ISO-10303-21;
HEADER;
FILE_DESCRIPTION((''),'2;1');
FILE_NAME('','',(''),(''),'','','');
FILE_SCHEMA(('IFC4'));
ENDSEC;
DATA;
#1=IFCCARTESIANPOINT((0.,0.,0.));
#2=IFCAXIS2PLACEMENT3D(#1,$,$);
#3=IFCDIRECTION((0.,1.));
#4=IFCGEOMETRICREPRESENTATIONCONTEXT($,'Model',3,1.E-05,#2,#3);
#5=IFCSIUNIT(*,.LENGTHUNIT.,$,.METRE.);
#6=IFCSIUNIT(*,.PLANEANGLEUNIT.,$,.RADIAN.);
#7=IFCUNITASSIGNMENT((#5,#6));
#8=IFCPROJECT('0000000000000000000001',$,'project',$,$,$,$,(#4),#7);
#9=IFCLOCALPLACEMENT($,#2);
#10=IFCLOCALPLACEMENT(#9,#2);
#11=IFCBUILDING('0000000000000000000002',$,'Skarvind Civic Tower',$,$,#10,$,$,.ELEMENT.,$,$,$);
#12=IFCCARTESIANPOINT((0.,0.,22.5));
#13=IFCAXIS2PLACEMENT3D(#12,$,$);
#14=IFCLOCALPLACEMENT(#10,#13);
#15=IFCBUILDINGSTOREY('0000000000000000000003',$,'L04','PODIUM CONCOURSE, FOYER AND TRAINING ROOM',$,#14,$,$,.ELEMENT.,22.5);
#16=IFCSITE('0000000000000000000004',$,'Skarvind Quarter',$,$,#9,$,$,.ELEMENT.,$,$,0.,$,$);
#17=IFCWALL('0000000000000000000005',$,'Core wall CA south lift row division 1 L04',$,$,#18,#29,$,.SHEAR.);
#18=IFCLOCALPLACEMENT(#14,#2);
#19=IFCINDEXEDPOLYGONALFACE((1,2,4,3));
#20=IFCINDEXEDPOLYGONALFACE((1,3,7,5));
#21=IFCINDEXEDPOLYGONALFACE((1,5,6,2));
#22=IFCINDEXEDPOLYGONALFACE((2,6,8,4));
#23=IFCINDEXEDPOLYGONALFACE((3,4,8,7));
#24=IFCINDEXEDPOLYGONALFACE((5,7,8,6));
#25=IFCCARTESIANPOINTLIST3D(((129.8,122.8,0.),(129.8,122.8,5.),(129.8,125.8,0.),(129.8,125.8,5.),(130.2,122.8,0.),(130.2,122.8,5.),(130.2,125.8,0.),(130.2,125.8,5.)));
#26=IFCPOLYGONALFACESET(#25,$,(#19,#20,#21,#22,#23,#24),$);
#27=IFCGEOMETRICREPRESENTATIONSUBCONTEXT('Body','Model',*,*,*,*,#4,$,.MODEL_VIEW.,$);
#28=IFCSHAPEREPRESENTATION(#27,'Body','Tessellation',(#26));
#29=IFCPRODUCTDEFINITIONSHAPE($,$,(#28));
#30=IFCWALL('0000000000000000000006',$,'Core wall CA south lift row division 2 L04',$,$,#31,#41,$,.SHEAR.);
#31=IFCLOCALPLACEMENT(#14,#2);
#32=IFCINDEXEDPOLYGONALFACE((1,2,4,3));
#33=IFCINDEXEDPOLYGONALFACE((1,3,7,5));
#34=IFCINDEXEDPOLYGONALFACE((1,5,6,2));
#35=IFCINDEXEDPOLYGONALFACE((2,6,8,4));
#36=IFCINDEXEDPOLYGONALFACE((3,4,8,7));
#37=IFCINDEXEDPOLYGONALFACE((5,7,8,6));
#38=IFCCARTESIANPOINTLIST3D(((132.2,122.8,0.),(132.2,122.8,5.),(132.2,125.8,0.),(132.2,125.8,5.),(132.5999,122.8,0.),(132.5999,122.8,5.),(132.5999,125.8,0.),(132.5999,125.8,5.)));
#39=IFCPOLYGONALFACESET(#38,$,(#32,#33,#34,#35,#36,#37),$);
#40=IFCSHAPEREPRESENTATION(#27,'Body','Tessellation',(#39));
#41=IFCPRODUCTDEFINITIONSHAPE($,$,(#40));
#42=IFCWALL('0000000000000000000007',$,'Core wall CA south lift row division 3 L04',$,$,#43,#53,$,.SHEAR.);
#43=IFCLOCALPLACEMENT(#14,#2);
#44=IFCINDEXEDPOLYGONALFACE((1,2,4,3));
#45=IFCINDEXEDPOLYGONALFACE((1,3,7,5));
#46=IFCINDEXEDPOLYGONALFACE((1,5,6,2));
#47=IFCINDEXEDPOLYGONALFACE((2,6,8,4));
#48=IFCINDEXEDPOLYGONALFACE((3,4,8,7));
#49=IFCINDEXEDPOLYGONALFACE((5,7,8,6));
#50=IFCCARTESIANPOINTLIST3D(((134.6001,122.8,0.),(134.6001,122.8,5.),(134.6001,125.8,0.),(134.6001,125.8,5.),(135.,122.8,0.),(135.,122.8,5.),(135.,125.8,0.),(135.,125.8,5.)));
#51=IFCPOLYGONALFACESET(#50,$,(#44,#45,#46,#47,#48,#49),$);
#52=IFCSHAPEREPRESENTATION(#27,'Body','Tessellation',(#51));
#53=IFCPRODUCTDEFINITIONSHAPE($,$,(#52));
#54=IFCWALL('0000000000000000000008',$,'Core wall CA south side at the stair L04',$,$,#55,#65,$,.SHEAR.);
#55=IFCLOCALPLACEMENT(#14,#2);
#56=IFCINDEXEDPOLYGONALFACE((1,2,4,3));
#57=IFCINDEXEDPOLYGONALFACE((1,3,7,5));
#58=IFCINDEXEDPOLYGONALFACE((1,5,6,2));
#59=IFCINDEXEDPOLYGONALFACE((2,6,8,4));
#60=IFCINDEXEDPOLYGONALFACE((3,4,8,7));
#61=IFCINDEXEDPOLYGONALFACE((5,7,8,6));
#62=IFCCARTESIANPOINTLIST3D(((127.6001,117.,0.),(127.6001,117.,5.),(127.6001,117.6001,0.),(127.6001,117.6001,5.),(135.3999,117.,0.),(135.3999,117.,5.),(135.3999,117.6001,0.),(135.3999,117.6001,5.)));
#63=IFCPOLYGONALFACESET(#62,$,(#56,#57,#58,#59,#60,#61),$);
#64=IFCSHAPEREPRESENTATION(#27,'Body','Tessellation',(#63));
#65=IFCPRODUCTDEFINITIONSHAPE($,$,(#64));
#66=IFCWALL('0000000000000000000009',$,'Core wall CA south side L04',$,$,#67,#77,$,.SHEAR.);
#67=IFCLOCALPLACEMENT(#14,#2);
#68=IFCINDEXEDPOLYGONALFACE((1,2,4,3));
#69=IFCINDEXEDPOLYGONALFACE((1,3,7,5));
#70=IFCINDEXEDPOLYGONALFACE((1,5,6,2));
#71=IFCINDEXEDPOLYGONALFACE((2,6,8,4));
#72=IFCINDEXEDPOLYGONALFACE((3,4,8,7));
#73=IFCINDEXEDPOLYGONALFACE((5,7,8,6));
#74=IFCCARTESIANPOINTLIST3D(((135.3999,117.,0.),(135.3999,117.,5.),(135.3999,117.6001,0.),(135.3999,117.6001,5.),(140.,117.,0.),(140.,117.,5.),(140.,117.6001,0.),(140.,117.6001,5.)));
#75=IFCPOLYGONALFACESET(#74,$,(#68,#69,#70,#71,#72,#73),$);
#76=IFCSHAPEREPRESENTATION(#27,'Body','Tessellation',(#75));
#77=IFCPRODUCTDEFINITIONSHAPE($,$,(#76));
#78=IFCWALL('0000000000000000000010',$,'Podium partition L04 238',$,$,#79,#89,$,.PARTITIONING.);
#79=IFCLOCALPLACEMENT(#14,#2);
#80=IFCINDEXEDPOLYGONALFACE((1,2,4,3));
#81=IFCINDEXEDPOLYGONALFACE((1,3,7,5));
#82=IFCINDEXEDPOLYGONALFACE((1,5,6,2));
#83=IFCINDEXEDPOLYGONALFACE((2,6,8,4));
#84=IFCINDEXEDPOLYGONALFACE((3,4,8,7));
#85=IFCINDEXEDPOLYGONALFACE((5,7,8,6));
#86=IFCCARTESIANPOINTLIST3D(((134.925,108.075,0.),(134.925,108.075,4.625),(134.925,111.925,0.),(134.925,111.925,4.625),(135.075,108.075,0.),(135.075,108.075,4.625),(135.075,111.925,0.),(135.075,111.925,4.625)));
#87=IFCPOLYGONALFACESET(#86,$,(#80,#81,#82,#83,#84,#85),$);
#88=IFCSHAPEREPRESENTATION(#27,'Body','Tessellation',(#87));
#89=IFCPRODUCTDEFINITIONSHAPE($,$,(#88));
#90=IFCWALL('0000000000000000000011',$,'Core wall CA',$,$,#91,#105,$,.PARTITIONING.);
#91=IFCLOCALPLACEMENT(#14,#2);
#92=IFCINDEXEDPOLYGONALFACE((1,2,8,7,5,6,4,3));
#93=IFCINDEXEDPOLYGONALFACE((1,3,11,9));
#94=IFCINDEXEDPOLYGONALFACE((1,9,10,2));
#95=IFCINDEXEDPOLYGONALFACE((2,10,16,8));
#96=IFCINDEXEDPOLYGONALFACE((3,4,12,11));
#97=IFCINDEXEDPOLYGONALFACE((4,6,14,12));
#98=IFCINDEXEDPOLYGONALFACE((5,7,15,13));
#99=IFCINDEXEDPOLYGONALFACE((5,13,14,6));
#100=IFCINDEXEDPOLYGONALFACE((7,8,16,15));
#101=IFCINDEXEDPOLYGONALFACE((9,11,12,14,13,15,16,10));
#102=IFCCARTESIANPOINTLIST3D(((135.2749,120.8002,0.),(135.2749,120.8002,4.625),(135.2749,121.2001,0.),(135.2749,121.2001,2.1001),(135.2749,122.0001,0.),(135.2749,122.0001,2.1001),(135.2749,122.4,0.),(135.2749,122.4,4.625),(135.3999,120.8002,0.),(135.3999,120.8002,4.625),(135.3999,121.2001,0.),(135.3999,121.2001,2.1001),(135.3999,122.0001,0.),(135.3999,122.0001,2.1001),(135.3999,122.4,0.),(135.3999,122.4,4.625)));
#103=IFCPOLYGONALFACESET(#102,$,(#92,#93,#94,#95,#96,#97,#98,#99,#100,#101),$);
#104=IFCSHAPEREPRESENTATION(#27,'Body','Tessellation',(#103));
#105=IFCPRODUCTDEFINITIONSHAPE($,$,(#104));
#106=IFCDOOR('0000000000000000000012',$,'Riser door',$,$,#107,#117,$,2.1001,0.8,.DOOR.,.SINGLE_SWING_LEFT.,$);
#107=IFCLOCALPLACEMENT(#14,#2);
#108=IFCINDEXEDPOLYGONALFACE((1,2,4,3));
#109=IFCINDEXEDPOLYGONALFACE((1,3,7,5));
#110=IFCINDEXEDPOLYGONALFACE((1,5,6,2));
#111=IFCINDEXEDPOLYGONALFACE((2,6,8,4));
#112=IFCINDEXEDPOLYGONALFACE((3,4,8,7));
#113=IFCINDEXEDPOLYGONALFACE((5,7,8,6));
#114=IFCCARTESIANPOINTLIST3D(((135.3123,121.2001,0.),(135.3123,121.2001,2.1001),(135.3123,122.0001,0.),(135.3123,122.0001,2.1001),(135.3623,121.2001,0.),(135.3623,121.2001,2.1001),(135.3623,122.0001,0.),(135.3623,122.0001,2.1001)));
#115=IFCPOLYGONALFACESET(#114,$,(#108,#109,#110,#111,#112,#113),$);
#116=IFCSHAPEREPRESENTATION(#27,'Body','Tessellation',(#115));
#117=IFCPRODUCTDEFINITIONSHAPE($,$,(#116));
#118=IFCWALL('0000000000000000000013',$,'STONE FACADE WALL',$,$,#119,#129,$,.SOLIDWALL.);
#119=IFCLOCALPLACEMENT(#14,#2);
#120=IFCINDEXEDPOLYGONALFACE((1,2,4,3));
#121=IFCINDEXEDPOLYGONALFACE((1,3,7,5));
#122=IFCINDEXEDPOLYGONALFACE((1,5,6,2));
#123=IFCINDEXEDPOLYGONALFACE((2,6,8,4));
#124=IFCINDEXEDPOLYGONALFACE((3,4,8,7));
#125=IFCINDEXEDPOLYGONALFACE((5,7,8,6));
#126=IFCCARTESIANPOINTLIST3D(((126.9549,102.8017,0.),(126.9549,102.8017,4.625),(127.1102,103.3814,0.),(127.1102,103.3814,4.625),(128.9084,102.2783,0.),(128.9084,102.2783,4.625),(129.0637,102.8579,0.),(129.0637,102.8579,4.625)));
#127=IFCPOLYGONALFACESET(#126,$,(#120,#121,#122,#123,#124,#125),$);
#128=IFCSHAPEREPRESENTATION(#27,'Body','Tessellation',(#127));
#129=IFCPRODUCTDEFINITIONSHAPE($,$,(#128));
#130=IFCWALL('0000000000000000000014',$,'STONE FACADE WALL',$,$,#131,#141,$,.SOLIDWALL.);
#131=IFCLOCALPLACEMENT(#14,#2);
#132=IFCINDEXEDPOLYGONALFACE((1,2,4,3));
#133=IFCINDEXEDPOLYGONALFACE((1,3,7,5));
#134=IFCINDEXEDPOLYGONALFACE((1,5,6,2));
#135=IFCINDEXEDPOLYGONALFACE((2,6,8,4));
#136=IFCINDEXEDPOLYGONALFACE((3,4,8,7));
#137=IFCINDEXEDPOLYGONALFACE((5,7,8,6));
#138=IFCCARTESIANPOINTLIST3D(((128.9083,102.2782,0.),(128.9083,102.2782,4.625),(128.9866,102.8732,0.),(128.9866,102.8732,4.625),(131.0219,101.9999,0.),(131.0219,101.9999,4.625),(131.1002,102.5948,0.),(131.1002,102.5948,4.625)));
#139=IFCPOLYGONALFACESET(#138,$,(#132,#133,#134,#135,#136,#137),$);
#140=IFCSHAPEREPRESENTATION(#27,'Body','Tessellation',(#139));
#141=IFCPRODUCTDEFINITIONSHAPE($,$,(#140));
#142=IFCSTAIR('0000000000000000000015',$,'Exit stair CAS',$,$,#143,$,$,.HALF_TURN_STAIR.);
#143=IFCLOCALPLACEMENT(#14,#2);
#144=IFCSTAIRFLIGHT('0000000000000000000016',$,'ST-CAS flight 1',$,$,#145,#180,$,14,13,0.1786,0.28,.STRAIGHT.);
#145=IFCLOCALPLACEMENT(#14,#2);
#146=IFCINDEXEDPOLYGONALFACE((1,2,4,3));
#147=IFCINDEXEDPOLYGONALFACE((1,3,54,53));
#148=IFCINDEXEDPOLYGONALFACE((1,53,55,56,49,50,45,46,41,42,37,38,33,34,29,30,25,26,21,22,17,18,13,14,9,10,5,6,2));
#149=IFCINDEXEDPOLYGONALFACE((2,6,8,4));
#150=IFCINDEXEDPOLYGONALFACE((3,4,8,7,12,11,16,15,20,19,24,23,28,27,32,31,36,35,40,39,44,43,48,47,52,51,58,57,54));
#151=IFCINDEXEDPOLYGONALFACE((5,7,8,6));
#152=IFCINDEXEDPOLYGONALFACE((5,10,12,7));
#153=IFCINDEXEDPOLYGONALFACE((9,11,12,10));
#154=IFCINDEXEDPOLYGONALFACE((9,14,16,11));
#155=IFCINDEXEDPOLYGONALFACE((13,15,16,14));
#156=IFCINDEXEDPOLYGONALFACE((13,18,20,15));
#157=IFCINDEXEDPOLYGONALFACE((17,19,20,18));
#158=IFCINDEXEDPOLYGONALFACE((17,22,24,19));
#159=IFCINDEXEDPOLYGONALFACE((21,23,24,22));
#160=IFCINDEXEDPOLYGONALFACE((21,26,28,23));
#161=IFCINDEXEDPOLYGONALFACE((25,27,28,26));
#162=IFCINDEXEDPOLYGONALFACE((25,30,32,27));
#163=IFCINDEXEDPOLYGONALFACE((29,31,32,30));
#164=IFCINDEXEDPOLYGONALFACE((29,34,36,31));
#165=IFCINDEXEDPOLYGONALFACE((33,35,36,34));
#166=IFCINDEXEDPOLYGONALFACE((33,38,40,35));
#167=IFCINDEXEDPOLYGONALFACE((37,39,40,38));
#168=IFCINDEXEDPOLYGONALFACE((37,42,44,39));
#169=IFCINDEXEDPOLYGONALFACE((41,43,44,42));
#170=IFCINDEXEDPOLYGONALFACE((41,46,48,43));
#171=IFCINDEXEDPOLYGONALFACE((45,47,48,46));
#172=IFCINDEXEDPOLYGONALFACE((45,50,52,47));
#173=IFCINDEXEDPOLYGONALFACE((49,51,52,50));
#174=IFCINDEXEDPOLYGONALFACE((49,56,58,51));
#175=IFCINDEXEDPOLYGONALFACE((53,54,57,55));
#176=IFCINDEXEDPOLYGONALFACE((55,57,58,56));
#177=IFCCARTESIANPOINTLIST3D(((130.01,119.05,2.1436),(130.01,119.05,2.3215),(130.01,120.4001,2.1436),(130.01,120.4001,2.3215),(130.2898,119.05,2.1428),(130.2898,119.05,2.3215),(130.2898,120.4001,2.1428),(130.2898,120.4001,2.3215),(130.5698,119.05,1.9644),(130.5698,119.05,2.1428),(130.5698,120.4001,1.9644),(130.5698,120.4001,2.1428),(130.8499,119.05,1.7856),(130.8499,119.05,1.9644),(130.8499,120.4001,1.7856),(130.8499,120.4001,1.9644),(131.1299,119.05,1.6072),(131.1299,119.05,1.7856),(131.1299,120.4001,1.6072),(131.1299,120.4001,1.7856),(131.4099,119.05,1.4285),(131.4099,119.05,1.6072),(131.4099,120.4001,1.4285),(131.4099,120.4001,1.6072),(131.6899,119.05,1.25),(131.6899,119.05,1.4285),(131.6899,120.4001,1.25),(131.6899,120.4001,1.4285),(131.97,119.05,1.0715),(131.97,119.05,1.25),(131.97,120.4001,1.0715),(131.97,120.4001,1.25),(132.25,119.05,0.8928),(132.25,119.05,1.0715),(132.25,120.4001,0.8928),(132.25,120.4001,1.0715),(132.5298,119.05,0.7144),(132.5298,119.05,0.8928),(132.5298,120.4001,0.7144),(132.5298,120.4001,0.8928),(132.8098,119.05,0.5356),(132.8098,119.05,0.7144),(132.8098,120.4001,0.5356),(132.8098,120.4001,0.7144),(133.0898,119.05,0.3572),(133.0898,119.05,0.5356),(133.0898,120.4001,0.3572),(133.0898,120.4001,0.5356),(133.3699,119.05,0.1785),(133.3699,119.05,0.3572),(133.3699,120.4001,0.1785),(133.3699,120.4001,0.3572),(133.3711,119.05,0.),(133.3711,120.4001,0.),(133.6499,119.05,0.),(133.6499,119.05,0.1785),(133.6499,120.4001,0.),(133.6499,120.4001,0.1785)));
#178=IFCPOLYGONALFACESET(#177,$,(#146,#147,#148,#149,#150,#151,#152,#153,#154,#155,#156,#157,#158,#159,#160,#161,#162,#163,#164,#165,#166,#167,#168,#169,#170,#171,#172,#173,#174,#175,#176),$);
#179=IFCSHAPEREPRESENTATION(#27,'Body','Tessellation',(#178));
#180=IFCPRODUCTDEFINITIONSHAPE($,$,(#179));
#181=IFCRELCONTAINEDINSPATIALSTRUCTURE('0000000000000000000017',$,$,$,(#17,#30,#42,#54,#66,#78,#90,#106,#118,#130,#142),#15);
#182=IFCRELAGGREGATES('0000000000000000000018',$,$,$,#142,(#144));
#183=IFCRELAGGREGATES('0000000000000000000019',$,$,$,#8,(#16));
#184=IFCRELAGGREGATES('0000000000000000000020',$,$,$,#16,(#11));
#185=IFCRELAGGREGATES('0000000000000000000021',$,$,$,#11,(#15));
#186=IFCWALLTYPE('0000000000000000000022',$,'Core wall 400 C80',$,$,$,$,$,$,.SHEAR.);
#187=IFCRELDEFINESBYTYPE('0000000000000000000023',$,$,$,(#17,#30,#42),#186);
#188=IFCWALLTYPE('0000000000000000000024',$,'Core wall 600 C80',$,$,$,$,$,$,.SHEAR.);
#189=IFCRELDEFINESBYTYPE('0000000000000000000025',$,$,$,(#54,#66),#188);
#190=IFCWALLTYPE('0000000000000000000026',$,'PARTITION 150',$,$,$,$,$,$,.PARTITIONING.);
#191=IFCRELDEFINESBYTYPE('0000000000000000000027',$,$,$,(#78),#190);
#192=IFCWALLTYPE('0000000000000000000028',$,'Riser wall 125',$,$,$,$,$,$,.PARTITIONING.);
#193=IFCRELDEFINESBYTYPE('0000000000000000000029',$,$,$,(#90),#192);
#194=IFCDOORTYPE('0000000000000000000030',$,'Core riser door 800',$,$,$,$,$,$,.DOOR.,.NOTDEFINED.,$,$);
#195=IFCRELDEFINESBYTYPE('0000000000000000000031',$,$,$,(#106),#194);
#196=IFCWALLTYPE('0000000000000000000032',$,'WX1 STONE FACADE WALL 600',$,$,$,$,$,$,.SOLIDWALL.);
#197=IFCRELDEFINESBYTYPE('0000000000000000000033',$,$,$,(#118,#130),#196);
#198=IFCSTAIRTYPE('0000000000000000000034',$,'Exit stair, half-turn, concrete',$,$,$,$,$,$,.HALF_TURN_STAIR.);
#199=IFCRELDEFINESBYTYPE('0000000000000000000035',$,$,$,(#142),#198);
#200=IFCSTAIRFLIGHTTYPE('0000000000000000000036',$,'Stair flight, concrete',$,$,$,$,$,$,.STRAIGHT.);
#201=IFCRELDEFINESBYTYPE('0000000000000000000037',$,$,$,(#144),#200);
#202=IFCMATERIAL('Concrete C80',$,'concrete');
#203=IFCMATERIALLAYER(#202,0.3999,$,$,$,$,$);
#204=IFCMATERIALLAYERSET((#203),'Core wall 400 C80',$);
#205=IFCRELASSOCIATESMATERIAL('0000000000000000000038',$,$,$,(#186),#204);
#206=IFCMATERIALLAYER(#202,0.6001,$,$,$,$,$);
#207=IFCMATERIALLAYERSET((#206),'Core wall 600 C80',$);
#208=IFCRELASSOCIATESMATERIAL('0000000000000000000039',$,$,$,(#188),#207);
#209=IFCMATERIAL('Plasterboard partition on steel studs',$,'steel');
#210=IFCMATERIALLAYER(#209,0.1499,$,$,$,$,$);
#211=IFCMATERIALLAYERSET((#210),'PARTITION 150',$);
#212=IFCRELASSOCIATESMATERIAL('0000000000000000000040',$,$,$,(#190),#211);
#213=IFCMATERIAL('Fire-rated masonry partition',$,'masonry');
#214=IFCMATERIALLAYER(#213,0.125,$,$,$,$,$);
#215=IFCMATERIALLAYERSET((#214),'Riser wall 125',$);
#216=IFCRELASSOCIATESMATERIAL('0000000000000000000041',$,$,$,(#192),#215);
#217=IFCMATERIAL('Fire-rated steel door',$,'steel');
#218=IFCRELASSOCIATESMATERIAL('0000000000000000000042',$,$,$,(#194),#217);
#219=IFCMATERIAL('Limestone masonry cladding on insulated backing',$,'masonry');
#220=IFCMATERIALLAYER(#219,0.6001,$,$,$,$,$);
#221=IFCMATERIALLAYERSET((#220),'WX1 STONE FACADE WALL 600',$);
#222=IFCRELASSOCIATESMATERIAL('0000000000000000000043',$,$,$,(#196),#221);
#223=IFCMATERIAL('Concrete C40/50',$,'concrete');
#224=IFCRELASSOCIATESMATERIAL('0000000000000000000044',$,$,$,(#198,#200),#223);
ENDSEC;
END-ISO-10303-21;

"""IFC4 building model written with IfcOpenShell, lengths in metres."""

from ifc_helpers import new_model, si_unit, direction, frame, frame_2d, origin, place, context, subcontext, project, spatial, polyline, rectangle, outline, extrude, material, layer, layer_set, type_object, element, fill, aggregate, save


model = new_model("IFC4")

# Units and contexts
model_context = context("Model", 3, precision=1e-05, world=origin(), true_north=direction((0.0, 1.0)))
body_context = subcontext(model_context, "Body", "Model", "MODEL_VIEW")
ifc_project = project(units=[si_unit("LENGTHUNIT", "METRE"), si_unit("PLANEANGLEUNIT", "RADIAN")], contexts=[model_context])

# Site, building, storey
site_placement = place(None, origin())
site = spatial("IfcSite", under=ifc_project, at=site_placement, Name="Skarvind Quarter", CompositionType="ELEMENT", RefElevation=0.0)
building_placement = place(site_placement, origin())
building = spatial("IfcBuilding", under=site, at=building_placement, Name="Skarvind Civic Tower", CompositionType="ELEMENT")
storey_placement = place(building_placement, frame((0.0, 0.0, 22.5)))
storey = spatial("IfcBuildingStorey", under=building, at=storey_placement, Name="L04", Description="PODIUM CONCOURSE, FOYER AND TRAINING ROOM", CompositionType="ELEMENT", Elevation=22.5)

# Shared definitions
ifc_material_1 = material(Name="Concrete C80", Category="concrete")
ifc_layer_1 = layer(ifc_material_1, 0.3999)
ifc_layer_set_1 = layer_set([ifc_layer_1], Name="Core wall 400 C80")
wall_type_1 = type_object("IfcWallType", Name="Core wall 400 C80", PredefinedType="SHEAR", material=ifc_layer_set_1)

# Shared definitions
ifc_material_2 = material(Name="Fire-rated steel door", Category="steel")

# Walls
for number, where, z_axis, x_axis, name in (
    (1, (130.0, 122.8, 0.0), (0.0, 0.0, 1.0), (0.0, 1.0, 0.0), "Core wall CA south lift row division 1 L04"),
    (2, (132.3999, 122.8, 0.0), (0.0, 0.0, 1.0), (0.0, 1.0, 0.0), "Core wall CA south lift row division 2 L04"),
    (3, (134.8, 122.8, 0.0), (0.0, 0.0, 1.0), (0.0, 1.0, 0.0), "Core wall CA south lift row division 3 L04"),
):
    element("IfcWall", number, at=place(storey_placement, frame(where, z_axis=z_axis, x_axis=x_axis)), inside=storey, type_object=wall_type_1, Name=name, PredefinedType="SHEAR", context=body_context, shape_type="SweptSolid", body=[
        extrude(rectangle(XDim=3.0, YDim=0.3999, at=frame_2d((1.5, 0.0))), origin(), (0.0, 0.0, 1.0), 5.0),
    ])
ifc_layer_2 = layer(ifc_material_1, 0.6001)
ifc_layer_set_2 = layer_set([ifc_layer_2], Name="Core wall 600 C80")
wall_type_2 = type_object("IfcWallType", Name="Core wall 600 C80", PredefinedType="SHEAR", material=ifc_layer_set_2)
wall_1_placement = place(storey_placement, frame((127.6001, 117.3, 0.0), z_axis=(0.0, 0.0, 1.0), x_axis=(1.0, 0.0, 0.0)))
element("IfcWall", 4, at=wall_1_placement, inside=storey, type_object=wall_type_2, Name="Core wall CA south side at the stair L04", PredefinedType="SHEAR", context=body_context, shape_type="SweptSolid", body=[
    extrude(rectangle(XDim=7.7998, YDim=0.6001, at=frame_2d((3.8999, 0.0))), origin(), (0.0, 0.0, 1.0), 5.0),
])
wall_2_placement = place(storey_placement, frame((135.3999, 117.3, 0.0), z_axis=(0.0, 0.0, 1.0), x_axis=(1.0, 0.0, 0.0)))
element("IfcWall", 5, at=wall_2_placement, inside=storey, type_object=wall_type_2, Name="Core wall CA south side L04", PredefinedType="SHEAR", context=body_context, shape_type="SweptSolid", body=[
    extrude(rectangle(XDim=4.6001, YDim=0.6001, at=frame_2d((2.3, 0.0))), origin(), (0.0, 0.0, 1.0), 5.0),
])
ifc_material_3 = material(Name="Plasterboard partition on steel studs", Category="steel")
ifc_layer_3 = layer(ifc_material_3, 0.1499)
ifc_layer_set_3 = layer_set([ifc_layer_3], Name="PARTITION 150")
wall_type_3 = type_object("IfcWallType", Name="PARTITION 150", PredefinedType="PARTITIONING", material=ifc_layer_set_3)
wall_3_placement = place(storey_placement, frame((135.0, 108.075, 0.0), z_axis=(0.0, 0.0, 1.0), x_axis=(0.0, 1.0, 0.0)))
element("IfcWall", 6, at=wall_3_placement, inside=storey, type_object=wall_type_3, Name="Podium partition L04 238", PredefinedType="PARTITIONING", context=body_context, shape_type="SweptSolid", body=[
    extrude(rectangle(XDim=3.8501, YDim=0.1499, at=frame_2d((1.925, 0.0))), origin(), (0.0, 0.0, 1.0), 4.625),
])

# Wall, opening, door
ifc_material_4 = material(Name="Fire-rated masonry partition", Category="masonry")
ifc_layer_4 = layer(ifc_material_4, 0.125)
ifc_layer_set_4 = layer_set([ifc_layer_4], Name="Riser wall 125")
wall_type_4 = type_object("IfcWallType", Name="Riser wall 125", PredefinedType="PARTITIONING", material=ifc_layer_set_4)
wall_4_placement = place(storey_placement, frame((135.3374, 122.3999, 0.0), z_axis=(0.0, 0.0, 1.0), x_axis=(0.0, -1.0, 0.0)))
wall_4 = element("IfcWall", 7, at=wall_4_placement, inside=storey, type_object=wall_type_4, Name="Core wall CA", PredefinedType="PARTITIONING", context=body_context, shape_type="SweptSolid", body=[
    extrude(rectangle(XDim=1.5999, YDim=0.125, at=frame_2d((0.7998, 0.0))), origin(), (0.0, 0.0, 1.0), 4.625),
])
opening_1_placement = place(wall_4_placement, frame((0.3999, 0.0, 0.0)))
opening_1 = element("IfcOpeningElement", 8, at=opening_1_placement, cuts=wall_4, PredefinedType="OPENING", context=body_context, shape_type="SweptSolid", body=[
    extrude(rectangle(XDim=0.8, YDim=2.1001, at=frame_2d((0.3999, 1.05))), frame((0.0, 0.0725, 0.0), z_axis=(0.0, -1.0, 0.0), x_axis=(1.0, 0.0, 0.0)), (0.0, 0.0, 1.0), 0.145),
])
door_type_1 = type_object("IfcDoorType", Name="Core riser door 800", OperationType="NOTDEFINED", PredefinedType="DOOR", material=ifc_material_2)
door_1_placement = place(opening_1_placement, origin())
door_1 = element("IfcDoor", 9, at=door_1_placement, inside=storey, type_object=door_type_1, Name="Riser door", OperationType="SINGLE_SWING_LEFT", OverallHeight=2.1001, OverallWidth=0.8, PredefinedType="DOOR", context=body_context, shape_type="SweptSolid", body=[
    extrude(rectangle(XDim=0.8, YDim=2.1001, at=frame_2d((0.3999, 1.05))), frame((0.0, 0.0249, 0.0), z_axis=(0.0, -1.0, 0.0), x_axis=(1.0, 0.0, 0.0)), (0.0, 0.0, 1.0), 0.05),
])
fill(opening_1, door_1)

# Walls
ifc_material_5 = material(Name="Limestone masonry cladding on insulated backing", Category="masonry")
ifc_layer_5 = layer(ifc_material_5, 0.6001)
ifc_layer_set_5 = layer_set([ifc_layer_5], Name="WX1 STONE FACADE WALL 600")
wall_type_5 = type_object("IfcWallType", Name="WX1 STONE FACADE WALL 600", PredefinedType="SOLIDWALL", material=ifc_layer_set_5)
wall_5_placement = place(storey_placement, frame((128.9861, 102.5681, 0.0), z_axis=(0.0, 0.0, 1.0), x_axis=(-0.96593, 0.258804, 0.0)))
element("IfcWall", 10, at=wall_5_placement, inside=storey, type_object=wall_type_5, Name="STONE FACADE WALL", PredefinedType="SOLIDWALL", context=body_context, shape_type="SweptSolid", body=[
    extrude(rectangle(XDim=2.0225, YDim=0.6001, at=frame_2d((1.0112, 0.0))), origin(), (0.0, 0.0, 1.0), 4.625),
])
wall_6_placement = place(storey_placement, frame((131.061, 102.2974, 0.0), z_axis=(0.0, 0.0, 1.0), x_axis=(-0.991441, 0.130558, 0.0)))
element("IfcWall", 11, at=wall_6_placement, inside=storey, type_object=wall_type_5, Name="STONE FACADE WALL", PredefinedType="SOLIDWALL", context=body_context, shape_type="SweptSolid", body=[
    extrude(rectangle(XDim=2.1318, YDim=0.6001, at=frame_2d((1.0659, 0.0))), origin(), (0.0, 0.0, 1.0), 4.625),
])

# Stair, stair flight
ifc_material_6 = material(Name="Concrete C40/50", Category="concrete")
stair_type = type_object("IfcStairType", Name="Exit stair, half-turn, concrete", PredefinedType="HALF_TURN_STAIR", material=ifc_material_6)
stair_placement = place(storey_placement, origin())
stair = element("IfcStair", 12, at=stair_placement, inside=storey, type_object=stair_type, Name="Exit stair CAS", PredefinedType="HALF_TURN_STAIR")
stair_flight_type = type_object("IfcStairFlightType", Name="Stair flight, concrete", PredefinedType="STRAIGHT", material=ifc_material_6)
stair_flight_1_placement = place(storey_placement, frame((133.6499, 119.7251, 0.0), z_axis=(0.0, 0.0, 1.0), x_axis=(-1.0, 0.0, 0.0)))
stair_flight_1 = element("IfcStairFlight", 13, at=stair_flight_1_placement, type_object=stair_flight_type, Name="ST-CAS flight 1", NumberOfRisers=14, NumberOfTreads=13, PredefinedType="STRAIGHT", RiserHeight=0.1786, TreadLength=0.28, context=body_context, shape_type="SweptSolid", body=[
    extrude(outline(polyline([(0.0, 0.0), (0.0, 0.1785), (0.28, 0.1785), (0.28, 0.3572), (0.5601, 0.3572), (0.5601, 0.5356), (0.8401, 0.5356), (0.8401, 0.7144), (1.1201, 0.7144), (1.1201, 0.8928), (1.3999, 0.8928), (1.3999, 1.0715), (1.6799, 1.0715), (1.6799, 1.25), (1.96, 1.25), (1.96, 1.4285), (2.24, 1.4285), (2.24, 1.6072), (2.52, 1.6072), (2.52, 1.7856), (2.8, 1.7856), (2.8, 1.9644), (3.0801, 1.9644), (3.0801, 2.1428), (3.3601, 2.1428), (3.3601, 2.3215), (3.6399, 2.3215), (3.6399, 2.5), (3.6399, 2.1436), (0.2788, 0.0), (0.0, 0.0)])), frame((0.0, 0.675, 0.0), z_axis=(0.0, -1.0, 0.0), x_axis=(1.0, 0.0, 0.0)), (0.0, 0.0, 1.0), 1.3501),
])
aggregate(stair, [stair_flight_1])

save(model, "model.ifc")
